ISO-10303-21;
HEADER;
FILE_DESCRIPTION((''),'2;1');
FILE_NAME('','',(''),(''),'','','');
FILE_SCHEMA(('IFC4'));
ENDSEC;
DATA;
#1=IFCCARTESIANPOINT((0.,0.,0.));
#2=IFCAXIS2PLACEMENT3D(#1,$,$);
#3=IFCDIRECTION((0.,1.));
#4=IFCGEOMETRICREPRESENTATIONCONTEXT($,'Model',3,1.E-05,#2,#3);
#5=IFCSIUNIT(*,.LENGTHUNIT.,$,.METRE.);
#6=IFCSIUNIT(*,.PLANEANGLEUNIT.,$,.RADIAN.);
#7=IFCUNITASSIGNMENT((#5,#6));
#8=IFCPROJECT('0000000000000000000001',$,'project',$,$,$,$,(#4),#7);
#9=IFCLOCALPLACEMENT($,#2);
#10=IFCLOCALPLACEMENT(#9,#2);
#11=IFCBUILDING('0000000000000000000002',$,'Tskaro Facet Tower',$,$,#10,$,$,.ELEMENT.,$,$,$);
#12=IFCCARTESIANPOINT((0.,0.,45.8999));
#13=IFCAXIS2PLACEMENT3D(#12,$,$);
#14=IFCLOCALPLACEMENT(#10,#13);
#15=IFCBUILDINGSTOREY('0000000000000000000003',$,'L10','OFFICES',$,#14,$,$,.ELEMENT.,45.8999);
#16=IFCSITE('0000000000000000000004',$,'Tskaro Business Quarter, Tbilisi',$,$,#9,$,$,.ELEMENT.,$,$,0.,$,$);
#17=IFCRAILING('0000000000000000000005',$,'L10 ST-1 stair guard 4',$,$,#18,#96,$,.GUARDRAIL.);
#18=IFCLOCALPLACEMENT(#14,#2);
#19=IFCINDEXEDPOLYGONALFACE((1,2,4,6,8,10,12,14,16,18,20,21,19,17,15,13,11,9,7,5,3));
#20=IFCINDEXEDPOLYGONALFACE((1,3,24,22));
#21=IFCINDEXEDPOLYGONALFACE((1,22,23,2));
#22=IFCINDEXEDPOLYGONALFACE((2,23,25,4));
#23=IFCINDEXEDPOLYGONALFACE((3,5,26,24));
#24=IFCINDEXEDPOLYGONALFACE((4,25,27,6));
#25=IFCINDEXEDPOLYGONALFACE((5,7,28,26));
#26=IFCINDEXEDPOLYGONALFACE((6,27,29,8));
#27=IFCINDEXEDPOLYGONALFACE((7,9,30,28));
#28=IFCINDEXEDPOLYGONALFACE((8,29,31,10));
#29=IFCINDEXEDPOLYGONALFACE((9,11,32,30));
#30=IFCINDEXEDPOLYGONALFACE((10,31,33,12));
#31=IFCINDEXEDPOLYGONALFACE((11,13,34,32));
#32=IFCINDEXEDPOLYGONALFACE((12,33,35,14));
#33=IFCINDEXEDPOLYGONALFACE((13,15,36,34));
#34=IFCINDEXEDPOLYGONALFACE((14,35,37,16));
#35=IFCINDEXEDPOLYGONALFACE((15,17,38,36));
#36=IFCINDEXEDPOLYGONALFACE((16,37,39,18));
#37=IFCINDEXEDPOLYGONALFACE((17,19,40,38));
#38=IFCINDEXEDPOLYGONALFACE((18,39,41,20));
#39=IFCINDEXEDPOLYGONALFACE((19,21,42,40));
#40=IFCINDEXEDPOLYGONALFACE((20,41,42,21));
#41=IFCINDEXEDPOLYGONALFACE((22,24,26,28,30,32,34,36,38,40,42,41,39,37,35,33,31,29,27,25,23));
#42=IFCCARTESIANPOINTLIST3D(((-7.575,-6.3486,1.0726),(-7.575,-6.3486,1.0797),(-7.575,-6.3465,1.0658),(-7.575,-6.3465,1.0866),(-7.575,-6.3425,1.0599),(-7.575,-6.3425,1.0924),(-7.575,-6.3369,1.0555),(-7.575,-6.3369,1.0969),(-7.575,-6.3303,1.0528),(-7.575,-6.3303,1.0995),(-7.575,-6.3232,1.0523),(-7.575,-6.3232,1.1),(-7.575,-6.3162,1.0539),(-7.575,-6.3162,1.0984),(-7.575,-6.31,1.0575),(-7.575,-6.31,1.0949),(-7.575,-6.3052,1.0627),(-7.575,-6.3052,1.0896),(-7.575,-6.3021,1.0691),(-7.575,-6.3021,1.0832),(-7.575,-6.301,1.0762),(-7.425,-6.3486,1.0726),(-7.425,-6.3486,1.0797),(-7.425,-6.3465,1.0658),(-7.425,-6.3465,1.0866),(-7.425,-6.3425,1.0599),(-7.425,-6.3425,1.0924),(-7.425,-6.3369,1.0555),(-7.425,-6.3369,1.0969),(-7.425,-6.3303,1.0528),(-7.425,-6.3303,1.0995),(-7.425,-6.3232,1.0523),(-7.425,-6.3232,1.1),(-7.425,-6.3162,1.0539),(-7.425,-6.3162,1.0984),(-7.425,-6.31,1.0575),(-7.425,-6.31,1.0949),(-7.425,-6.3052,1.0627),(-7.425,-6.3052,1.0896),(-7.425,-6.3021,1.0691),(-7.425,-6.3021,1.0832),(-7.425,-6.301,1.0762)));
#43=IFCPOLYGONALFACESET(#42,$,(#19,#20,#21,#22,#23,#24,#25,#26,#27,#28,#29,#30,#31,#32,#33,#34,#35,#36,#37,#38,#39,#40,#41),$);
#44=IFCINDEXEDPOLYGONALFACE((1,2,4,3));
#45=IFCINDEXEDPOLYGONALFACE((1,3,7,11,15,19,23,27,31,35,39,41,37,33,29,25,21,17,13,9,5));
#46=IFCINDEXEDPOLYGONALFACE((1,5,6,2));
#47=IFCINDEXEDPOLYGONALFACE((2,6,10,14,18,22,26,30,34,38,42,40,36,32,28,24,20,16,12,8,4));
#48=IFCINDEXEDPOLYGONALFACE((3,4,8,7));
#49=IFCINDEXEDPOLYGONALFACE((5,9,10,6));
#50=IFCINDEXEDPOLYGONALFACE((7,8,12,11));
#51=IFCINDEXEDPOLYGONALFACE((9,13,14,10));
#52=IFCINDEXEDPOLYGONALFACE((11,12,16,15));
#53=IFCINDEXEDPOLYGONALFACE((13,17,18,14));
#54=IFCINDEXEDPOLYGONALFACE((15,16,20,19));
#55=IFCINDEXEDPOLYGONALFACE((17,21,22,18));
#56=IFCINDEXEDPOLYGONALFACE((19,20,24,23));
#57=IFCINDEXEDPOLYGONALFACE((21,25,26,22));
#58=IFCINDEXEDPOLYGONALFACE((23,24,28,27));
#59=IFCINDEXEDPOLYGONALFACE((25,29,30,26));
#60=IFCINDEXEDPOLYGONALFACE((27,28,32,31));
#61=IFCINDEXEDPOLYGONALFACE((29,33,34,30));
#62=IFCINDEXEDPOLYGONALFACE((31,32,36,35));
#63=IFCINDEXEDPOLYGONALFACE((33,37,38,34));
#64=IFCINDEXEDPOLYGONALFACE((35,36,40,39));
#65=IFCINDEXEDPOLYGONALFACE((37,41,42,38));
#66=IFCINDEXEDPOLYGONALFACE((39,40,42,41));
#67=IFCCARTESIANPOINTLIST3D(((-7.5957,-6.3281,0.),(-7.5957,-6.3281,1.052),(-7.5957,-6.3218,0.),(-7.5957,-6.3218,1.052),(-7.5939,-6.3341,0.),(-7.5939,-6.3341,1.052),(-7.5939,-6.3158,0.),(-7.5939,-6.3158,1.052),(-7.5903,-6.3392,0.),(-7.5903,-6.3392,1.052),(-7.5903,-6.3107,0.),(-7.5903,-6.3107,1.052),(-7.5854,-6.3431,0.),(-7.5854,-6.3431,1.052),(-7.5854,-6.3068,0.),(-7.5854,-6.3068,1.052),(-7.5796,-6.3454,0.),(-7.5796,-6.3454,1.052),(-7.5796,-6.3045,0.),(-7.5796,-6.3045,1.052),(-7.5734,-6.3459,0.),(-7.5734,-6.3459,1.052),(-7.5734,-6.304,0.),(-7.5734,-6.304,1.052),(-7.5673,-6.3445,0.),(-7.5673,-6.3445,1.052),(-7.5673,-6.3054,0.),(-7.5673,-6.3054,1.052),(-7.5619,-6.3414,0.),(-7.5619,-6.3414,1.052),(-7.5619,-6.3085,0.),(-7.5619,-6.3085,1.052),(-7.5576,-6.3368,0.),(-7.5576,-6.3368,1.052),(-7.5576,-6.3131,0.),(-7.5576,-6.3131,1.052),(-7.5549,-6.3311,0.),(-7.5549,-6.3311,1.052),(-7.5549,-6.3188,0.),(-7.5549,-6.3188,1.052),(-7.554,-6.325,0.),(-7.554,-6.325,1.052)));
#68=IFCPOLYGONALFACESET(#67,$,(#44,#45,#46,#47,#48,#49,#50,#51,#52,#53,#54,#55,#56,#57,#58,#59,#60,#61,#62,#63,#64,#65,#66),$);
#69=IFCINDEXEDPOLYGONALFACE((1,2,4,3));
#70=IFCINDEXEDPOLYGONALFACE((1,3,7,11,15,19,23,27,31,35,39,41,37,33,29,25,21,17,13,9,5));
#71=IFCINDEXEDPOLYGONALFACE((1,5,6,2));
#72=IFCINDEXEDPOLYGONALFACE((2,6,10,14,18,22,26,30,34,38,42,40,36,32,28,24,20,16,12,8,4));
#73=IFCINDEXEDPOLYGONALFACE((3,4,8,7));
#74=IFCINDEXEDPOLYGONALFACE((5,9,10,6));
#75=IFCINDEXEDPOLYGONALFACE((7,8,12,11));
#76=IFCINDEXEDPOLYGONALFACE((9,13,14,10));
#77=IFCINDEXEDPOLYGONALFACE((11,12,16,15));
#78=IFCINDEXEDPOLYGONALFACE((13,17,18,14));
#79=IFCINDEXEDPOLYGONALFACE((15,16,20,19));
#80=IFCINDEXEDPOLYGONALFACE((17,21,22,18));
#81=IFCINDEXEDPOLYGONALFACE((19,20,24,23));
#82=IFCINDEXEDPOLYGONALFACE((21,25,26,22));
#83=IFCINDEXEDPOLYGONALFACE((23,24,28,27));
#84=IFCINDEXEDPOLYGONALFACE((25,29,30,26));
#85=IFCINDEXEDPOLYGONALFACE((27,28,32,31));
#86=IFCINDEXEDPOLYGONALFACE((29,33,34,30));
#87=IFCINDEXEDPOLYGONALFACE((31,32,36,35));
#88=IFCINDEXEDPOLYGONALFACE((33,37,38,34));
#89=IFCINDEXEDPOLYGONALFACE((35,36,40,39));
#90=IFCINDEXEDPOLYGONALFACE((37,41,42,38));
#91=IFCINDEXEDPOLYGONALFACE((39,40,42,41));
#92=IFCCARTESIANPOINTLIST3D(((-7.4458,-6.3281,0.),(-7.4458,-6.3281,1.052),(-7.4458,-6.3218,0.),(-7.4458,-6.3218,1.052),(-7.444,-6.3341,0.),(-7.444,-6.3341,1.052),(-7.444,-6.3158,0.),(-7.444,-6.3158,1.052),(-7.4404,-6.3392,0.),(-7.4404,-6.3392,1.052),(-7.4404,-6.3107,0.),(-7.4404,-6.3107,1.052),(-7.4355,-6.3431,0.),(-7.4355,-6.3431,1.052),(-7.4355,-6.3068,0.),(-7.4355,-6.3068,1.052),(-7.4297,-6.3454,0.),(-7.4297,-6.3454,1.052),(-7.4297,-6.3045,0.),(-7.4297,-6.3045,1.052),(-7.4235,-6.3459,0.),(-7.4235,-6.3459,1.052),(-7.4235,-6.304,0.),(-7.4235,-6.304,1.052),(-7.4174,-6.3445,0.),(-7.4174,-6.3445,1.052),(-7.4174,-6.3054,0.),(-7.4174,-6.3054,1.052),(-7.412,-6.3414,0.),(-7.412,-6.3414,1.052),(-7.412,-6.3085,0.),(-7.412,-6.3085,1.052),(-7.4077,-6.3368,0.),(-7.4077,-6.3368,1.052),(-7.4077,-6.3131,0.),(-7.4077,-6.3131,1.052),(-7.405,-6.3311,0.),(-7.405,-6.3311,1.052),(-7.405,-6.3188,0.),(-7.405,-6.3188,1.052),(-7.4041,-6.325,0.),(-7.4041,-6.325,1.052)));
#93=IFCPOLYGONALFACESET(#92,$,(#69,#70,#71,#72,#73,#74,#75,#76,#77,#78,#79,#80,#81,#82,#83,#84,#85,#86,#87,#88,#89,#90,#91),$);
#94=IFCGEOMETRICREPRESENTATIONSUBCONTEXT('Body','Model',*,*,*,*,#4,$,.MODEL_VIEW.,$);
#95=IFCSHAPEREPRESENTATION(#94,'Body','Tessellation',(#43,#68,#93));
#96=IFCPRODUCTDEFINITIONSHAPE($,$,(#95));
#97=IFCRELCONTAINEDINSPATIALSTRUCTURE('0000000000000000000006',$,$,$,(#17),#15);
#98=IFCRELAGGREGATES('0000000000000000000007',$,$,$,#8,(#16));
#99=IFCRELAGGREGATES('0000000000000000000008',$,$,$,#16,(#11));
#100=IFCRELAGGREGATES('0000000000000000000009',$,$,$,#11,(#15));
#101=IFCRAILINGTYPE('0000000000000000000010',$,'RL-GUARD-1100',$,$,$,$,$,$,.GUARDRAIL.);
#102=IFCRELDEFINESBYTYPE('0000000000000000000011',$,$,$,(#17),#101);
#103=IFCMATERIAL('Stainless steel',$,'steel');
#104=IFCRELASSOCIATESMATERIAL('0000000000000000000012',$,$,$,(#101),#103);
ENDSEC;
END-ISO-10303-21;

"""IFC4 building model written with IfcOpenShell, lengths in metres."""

from ifc_helpers import new_model, si_unit, direction, frame, origin, origin_2d, place, context, subcontext, project, spatial, circle, extrude, material, type_object, element, save


model = new_model("IFC4")

# Units and contexts
model_context = context("Model", 3, precision=1e-05, world=origin(), true_north=direction((0.0, 1.0)))
body_context = subcontext(model_context, "Body", "Model", "MODEL_VIEW")
ifc_project = project(units=[si_unit("LENGTHUNIT", "METRE"), si_unit("PLANEANGLEUNIT", "RADIAN")], contexts=[model_context])

# Site, building, storey
site_placement = place(None, origin())
site = spatial("IfcSite", under=ifc_project, at=site_placement, Name="Tskaro Business Quarter, Tbilisi", CompositionType="ELEMENT", RefElevation=0.0)
building_placement = place(site_placement, origin())
building = spatial("IfcBuilding", under=site, at=building_placement, Name="Tskaro Facet Tower", CompositionType="ELEMENT")
storey_placement = place(building_placement, frame((0.0, 0.0, 45.8999)))
storey = spatial("IfcBuildingStorey", under=building, at=storey_placement, Name="L10", Description="OFFICES", CompositionType="ELEMENT", Elevation=45.8999)

# Shared definitions
ifc_material_1 = material(Name="Stainless steel", Category="steel")

# Railing
railing_type_1 = type_object("IfcRailingType", Name="RL-GUARD-1100", PredefinedType="GUARDRAIL", material=ifc_material_1)
railing_1_placement = place(storey_placement, frame((-7.575, -6.325, 0.0)))
element("IfcRailing", 1, at=railing_1_placement, inside=storey, type_object=railing_type_1, Name="L10 ST-1 stair guard 4", PredefinedType="GUARDRAIL", context=body_context, shape_type="SweptSolid", body=[
    extrude(circle(Radius=0.0239, at=origin_2d()), frame((0.0, 0.0, 1.0762), z_axis=(1.0, 0.0, 0.0), x_axis=(0.0, 1.0, 0.0)), (0.0, 0.0, 1.0), 0.1499),
    extrude(circle(Radius=0.021, at=origin_2d()), origin(), (0.0, 0.0, 1.0), 1.052),
    extrude(circle(Radius=0.021, at=origin_2d()), frame((0.1499, 0.0, 0.0)), (0.0, 0.0, 1.0), 1.052),
])

save(model, "model.ifc")
